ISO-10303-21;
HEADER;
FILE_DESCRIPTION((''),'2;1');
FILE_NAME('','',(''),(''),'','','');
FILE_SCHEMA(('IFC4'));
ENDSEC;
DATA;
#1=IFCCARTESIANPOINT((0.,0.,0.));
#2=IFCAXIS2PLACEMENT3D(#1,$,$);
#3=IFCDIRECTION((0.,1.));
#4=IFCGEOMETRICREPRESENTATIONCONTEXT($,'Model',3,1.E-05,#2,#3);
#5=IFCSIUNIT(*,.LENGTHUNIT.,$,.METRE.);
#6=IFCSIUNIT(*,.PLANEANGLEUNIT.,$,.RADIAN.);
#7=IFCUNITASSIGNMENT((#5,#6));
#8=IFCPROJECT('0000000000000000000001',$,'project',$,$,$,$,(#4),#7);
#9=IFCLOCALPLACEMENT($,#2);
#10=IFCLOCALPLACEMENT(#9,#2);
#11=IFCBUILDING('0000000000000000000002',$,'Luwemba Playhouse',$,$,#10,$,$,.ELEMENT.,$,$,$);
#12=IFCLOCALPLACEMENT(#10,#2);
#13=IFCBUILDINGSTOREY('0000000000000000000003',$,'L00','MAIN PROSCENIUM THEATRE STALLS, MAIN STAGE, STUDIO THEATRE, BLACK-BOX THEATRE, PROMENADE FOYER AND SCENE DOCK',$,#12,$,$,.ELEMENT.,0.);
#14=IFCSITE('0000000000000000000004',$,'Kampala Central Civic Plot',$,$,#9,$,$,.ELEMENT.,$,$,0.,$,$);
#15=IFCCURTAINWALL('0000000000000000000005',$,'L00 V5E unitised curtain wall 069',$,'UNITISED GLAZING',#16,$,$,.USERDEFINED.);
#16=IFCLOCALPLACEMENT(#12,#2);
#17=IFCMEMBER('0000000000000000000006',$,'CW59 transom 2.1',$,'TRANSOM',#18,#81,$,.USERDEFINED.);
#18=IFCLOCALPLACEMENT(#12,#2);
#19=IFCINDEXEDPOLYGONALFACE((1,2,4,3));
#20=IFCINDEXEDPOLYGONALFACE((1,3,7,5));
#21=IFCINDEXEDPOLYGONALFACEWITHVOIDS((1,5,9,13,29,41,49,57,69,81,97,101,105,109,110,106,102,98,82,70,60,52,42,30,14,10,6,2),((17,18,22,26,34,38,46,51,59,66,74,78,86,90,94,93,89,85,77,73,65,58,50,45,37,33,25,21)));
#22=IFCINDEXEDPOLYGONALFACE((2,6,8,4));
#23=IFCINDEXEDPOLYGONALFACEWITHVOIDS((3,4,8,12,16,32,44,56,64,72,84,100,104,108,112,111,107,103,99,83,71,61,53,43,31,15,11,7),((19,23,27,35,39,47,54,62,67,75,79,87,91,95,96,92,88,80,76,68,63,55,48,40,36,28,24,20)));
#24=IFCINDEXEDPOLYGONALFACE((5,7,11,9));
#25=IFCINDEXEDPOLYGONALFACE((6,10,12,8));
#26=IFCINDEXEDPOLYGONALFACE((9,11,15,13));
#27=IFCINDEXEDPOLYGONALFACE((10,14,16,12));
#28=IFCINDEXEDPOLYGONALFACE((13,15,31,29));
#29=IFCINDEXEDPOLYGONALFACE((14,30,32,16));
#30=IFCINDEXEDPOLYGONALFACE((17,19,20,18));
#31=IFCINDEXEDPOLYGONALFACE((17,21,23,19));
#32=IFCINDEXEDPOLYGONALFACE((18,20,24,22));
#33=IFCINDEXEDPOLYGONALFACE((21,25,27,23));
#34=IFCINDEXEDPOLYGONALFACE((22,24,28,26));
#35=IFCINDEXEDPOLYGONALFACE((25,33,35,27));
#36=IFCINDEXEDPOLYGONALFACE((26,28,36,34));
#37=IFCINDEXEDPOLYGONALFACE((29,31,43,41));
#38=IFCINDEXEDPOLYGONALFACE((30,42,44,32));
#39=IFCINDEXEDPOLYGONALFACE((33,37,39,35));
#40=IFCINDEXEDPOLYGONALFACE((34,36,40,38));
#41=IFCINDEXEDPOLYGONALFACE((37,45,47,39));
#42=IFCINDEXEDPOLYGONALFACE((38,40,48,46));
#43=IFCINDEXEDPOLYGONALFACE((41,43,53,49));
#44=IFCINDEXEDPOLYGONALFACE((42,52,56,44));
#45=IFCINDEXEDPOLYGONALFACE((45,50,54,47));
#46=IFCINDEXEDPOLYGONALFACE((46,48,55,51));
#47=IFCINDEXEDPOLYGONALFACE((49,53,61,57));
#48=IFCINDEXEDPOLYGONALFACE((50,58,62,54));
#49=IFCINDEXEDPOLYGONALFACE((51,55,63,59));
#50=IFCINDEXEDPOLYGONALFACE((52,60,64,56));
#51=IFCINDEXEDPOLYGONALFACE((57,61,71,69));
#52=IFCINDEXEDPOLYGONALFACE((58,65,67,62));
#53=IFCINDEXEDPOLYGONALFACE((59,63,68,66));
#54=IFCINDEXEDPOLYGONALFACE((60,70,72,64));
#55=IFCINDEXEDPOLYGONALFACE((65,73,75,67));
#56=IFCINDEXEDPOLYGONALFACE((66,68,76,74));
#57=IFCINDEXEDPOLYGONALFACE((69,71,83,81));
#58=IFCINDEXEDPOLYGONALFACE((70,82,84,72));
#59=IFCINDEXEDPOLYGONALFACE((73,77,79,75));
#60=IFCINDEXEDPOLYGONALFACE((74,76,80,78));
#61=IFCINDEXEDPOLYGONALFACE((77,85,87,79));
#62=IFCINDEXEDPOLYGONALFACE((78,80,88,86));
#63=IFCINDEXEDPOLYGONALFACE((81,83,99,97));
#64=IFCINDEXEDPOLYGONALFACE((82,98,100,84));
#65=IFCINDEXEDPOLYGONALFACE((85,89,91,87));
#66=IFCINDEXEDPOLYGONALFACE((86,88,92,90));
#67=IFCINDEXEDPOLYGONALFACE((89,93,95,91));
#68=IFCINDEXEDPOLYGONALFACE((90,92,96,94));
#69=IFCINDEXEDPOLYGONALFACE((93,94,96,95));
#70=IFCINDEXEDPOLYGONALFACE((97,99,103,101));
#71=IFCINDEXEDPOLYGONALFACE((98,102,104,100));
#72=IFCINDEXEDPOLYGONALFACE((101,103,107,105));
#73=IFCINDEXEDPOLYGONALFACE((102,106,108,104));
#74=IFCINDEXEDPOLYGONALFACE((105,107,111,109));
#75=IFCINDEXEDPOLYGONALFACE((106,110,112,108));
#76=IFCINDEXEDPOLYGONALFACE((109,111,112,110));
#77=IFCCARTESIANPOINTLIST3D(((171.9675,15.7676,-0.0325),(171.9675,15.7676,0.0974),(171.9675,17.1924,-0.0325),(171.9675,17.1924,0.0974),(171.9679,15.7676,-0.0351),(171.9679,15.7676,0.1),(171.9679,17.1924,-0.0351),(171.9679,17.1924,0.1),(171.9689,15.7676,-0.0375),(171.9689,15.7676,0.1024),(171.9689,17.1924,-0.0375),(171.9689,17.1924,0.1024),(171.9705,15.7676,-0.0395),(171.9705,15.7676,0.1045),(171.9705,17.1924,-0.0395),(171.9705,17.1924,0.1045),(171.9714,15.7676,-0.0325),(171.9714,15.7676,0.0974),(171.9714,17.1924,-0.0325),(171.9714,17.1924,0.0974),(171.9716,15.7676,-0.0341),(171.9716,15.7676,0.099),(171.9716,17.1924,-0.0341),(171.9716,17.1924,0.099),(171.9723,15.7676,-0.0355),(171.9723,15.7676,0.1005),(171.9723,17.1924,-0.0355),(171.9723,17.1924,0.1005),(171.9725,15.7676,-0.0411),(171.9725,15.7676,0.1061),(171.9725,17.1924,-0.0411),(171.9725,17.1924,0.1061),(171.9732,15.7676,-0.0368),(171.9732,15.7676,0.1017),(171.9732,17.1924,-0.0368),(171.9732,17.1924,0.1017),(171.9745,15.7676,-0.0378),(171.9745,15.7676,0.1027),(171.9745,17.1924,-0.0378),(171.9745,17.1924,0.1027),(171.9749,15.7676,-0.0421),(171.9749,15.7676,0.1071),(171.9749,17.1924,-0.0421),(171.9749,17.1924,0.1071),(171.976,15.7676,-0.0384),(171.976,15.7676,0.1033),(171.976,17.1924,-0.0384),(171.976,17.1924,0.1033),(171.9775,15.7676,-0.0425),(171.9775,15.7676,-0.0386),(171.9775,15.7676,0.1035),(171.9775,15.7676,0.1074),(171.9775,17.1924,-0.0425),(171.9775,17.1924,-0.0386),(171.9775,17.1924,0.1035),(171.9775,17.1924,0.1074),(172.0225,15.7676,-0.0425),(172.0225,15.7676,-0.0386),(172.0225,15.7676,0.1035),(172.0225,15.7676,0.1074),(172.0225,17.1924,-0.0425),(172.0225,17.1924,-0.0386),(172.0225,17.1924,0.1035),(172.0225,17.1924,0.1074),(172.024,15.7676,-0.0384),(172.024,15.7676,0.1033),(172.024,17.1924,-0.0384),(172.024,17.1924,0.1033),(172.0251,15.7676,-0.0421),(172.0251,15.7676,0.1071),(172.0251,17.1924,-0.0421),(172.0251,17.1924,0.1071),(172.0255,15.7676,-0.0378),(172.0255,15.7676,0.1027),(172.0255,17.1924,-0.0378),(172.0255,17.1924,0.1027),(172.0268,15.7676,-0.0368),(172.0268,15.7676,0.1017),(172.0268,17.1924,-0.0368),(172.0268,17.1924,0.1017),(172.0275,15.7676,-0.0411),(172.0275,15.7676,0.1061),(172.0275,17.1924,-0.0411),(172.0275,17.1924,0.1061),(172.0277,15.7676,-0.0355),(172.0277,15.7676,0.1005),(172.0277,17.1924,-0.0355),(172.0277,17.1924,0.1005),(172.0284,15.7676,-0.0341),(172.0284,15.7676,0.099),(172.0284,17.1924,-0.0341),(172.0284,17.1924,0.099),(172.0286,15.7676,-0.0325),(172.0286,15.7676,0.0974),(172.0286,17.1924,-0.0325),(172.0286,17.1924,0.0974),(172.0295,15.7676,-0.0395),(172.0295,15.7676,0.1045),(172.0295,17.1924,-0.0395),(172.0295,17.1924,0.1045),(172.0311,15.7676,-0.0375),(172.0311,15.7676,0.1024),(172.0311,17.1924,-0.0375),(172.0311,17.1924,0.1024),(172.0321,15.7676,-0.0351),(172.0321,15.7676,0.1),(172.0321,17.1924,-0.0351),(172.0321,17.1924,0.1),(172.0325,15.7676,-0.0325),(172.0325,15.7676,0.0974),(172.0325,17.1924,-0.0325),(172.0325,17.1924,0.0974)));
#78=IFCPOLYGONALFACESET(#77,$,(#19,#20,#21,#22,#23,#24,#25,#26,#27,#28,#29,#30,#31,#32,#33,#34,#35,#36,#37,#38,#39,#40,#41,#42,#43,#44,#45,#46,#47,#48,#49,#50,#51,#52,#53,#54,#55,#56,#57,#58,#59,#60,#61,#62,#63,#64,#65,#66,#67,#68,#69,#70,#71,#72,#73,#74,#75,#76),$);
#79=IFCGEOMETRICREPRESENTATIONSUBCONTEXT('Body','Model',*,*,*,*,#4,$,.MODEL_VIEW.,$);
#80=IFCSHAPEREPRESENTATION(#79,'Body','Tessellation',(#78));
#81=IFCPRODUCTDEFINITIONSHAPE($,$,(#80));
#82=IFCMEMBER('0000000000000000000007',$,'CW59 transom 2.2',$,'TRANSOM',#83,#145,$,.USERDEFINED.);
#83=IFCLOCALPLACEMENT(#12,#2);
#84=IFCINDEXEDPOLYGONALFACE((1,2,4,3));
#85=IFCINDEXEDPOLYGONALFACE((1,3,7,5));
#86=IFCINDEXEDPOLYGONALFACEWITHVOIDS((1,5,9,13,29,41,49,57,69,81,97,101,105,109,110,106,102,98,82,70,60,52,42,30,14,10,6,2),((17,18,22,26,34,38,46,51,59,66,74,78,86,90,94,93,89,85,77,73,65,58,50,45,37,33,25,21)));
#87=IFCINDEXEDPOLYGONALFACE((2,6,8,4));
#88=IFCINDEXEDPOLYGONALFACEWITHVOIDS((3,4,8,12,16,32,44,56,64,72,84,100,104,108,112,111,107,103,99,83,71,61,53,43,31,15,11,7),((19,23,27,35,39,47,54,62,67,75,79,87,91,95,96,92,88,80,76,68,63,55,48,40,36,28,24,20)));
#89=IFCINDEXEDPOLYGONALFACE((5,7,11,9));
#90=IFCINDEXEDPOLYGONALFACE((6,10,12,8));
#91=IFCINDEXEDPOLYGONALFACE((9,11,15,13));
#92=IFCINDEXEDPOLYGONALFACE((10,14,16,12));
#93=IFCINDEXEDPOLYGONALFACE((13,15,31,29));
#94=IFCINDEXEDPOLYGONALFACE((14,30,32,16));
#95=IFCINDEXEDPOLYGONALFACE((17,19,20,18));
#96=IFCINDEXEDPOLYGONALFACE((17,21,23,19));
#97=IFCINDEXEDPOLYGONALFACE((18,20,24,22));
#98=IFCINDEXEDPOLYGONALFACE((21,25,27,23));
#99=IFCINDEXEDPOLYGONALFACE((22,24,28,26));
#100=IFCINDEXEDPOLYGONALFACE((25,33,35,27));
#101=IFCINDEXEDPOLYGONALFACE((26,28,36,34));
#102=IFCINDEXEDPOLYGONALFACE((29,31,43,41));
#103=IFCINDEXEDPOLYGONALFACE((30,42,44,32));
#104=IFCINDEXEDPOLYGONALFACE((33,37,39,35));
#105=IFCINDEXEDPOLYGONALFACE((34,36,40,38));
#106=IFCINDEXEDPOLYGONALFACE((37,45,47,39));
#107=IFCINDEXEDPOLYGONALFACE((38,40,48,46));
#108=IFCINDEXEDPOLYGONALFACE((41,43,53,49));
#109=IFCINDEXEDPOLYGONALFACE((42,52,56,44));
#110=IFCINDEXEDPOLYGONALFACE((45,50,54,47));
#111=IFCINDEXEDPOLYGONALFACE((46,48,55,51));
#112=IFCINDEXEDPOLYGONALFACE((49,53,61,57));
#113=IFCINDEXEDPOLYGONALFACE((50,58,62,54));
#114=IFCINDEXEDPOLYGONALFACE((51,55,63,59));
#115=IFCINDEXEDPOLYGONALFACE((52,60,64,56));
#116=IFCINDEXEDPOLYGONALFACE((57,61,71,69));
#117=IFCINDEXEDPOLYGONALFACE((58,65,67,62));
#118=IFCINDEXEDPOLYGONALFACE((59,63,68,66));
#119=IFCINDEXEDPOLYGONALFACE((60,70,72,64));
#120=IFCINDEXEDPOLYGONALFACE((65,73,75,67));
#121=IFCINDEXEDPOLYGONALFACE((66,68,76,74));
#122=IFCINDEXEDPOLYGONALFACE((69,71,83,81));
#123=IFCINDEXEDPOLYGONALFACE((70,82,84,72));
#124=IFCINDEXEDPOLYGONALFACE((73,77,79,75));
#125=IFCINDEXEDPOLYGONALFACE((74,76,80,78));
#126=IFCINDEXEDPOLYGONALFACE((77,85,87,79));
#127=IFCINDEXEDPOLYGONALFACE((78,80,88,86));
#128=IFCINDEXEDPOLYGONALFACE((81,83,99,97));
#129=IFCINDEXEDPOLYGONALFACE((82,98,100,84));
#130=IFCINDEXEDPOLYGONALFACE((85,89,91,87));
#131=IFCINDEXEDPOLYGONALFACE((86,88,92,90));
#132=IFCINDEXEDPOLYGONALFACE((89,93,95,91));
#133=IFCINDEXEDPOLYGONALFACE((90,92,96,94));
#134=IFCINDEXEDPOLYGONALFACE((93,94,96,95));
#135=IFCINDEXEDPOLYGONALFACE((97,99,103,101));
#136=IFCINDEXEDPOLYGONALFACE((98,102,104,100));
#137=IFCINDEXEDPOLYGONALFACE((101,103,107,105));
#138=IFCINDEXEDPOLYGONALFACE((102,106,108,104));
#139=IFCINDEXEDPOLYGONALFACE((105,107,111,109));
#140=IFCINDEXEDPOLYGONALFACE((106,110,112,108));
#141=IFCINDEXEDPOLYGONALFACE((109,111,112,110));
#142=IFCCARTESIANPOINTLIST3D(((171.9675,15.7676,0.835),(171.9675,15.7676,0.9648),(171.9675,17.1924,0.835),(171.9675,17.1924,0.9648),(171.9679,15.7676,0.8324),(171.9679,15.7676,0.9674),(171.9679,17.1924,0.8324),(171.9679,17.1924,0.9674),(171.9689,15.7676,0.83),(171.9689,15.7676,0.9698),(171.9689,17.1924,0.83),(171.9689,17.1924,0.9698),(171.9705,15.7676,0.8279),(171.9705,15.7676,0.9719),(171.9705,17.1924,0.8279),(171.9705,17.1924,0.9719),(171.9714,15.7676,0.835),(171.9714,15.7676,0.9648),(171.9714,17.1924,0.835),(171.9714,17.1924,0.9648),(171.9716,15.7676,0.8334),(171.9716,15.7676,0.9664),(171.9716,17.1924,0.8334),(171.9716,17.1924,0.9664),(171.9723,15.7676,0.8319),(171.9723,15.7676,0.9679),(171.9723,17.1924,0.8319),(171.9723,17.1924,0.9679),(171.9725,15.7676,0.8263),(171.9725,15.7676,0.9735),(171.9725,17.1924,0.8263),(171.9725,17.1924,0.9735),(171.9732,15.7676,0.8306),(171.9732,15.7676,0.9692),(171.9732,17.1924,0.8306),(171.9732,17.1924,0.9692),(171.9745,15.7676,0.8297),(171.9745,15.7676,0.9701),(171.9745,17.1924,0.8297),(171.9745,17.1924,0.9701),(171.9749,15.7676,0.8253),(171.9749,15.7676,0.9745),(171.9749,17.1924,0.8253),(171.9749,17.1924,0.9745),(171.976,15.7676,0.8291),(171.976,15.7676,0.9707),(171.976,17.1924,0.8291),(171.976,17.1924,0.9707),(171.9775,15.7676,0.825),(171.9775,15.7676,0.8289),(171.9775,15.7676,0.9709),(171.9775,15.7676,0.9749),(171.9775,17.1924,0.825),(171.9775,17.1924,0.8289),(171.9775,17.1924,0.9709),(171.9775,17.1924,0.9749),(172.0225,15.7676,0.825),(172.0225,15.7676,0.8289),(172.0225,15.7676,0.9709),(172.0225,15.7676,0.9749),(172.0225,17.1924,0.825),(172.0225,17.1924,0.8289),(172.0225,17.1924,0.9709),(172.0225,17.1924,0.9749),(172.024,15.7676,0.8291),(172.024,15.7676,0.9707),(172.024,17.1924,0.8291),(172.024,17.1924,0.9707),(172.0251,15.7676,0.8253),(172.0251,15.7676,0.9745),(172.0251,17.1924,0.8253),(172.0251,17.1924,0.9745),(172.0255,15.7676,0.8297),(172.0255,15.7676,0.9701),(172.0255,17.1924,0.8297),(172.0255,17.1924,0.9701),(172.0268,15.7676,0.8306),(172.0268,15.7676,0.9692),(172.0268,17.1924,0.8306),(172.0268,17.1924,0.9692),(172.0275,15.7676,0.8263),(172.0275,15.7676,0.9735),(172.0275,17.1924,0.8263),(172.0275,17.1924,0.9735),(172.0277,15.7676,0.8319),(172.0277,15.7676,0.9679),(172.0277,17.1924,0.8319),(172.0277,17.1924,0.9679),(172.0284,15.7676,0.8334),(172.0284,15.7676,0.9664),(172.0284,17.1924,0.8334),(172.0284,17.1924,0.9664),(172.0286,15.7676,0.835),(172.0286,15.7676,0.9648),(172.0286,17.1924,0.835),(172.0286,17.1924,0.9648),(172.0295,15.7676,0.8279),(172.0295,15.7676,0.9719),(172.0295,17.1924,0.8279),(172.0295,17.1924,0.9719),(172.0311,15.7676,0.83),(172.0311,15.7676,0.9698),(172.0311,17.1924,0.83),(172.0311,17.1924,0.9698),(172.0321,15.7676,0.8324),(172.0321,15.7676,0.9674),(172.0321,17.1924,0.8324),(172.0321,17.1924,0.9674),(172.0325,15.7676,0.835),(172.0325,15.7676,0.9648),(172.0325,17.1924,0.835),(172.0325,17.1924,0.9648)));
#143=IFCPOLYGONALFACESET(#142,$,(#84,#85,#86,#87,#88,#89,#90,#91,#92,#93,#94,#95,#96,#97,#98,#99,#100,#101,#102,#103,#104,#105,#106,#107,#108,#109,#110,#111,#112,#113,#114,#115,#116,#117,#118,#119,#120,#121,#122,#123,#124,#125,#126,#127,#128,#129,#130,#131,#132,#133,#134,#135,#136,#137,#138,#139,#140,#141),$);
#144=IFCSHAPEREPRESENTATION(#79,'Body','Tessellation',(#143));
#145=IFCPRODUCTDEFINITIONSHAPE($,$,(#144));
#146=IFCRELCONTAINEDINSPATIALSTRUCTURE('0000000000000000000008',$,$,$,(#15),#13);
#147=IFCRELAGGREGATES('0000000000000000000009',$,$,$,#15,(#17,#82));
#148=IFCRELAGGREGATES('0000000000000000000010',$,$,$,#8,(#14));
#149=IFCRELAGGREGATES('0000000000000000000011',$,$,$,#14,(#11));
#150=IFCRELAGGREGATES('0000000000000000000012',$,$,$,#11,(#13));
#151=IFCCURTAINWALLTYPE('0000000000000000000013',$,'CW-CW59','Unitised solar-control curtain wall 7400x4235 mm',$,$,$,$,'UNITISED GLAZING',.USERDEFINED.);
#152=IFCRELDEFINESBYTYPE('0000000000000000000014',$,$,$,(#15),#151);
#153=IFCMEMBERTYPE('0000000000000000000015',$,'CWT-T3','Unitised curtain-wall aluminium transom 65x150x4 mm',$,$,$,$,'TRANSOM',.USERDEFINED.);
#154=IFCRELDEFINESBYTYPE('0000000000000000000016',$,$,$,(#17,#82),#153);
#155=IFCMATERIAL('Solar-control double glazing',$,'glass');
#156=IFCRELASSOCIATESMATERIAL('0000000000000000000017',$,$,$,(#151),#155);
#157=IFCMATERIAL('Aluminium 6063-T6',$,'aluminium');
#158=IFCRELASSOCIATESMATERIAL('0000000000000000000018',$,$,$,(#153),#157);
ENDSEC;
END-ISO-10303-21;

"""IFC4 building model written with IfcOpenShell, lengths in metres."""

from ifc_helpers import new_model, si_unit, direction, frame, origin, origin_2d, place, context, subcontext, project, spatial, hollow_rectangle, extrude, material, material_profile, profile_set, type_object, element, aggregate, save


model = new_model("IFC4")

# Units and contexts
model_context = context("Model", 3, precision=1e-05, world=origin(), true_north=direction((0.0, 1.0)))
body_context = subcontext(model_context, "Body", "Model", "MODEL_VIEW")
ifc_project = project(units=[si_unit("LENGTHUNIT", "METRE"), si_unit("PLANEANGLEUNIT", "RADIAN")], contexts=[model_context])

# Site, building, storey
site_placement = place(None, origin())
site = spatial("IfcSite", under=ifc_project, at=site_placement, Name="Kampala Central Civic Plot", CompositionType="ELEMENT", RefElevation=0.0)
building_placement = place(site_placement, origin())
building = spatial("IfcBuilding", under=site, at=building_placement, Name="Luwemba Playhouse", CompositionType="ELEMENT")
storey_placement = place(building_placement, origin())
storey = spatial("IfcBuildingStorey", under=building, at=storey_placement, Name="L00", Description="MAIN PROSCENIUM THEATRE STALLS, MAIN STAGE, STUDIO THEATRE, BLACK-BOX THEATRE, PROMENADE FOYER AND SCENE DOCK", CompositionType="ELEMENT", Elevation=0.0)

# Curtain wall, members
ifc_material_1 = material(Name="Solar-control double glazing", Category="glass")
curtain_wall_type = type_object("IfcCurtainWallType", Name="CW-CW59", Description="Unitised solar-control curtain wall 7400x4235 mm", ElementType="UNITISED GLAZING", PredefinedType="USERDEFINED", material=ifc_material_1)
curtain_wall_placement = place(storey_placement, origin())
curtain_wall = element("IfcCurtainWall", 1, at=curtain_wall_placement, inside=storey, type_object=curtain_wall_type, Name="L00 V5E unitised curtain wall 069", ObjectType="UNITISED GLAZING", PredefinedType="USERDEFINED")
ifc_material_2 = material(Name="Aluminium 6063-T6", Category="aluminium")
ifc_material_profile_1 = material_profile(ifc_material_2, hollow_rectangle(XDim=0.0649, YDim=0.1499, WallThickness=0.0039, InnerFilletRadius=0.0061, OuterFilletRadius=0.01, at=origin_2d()))
ifc_profile_set_1 = profile_set([ifc_material_profile_1], Name="Aluminium 6063-T6")
member_type_1 = type_object("IfcMemberType", Name="CWT-T3", Description="Unitised curtain-wall aluminium transom 65x150x4 mm", ElementType="TRANSOM", PredefinedType="USERDEFINED", material=ifc_profile_set_1)
member_1_placement = place(storey_placement, frame((172.0, 17.1924, 0.0325), z_axis=(0.0, -1.0, 0.0), x_axis=(1.0, 0.0, 0.0)))
member_1 = element("IfcMember", 2, at=member_1_placement, type_object=member_type_1, Name="CW59 transom 2.1", ObjectType="TRANSOM", PredefinedType="USERDEFINED", context=body_context, shape_type="SweptSolid", body=[
    extrude(hollow_rectangle(XDim=0.0649, YDim=0.1499, WallThickness=0.0039, InnerFilletRadius=0.0061, OuterFilletRadius=0.01, at=origin_2d()), origin(), (0.0, 0.0, 1.0), 1.4248),
])
member_2_placement = place(storey_placement, frame((172.0, 17.1924, 0.8999), z_axis=(0.0, -1.0, 0.0), x_axis=(1.0, 0.0, 0.0)))
member_2 = element("IfcMember", 3, at=member_2_placement, type_object=member_type_1, Name="CW59 transom 2.2", ObjectType="TRANSOM", PredefinedType="USERDEFINED", context=body_context, shape_type="SweptSolid", body=[
    extrude(hollow_rectangle(XDim=0.0649, YDim=0.1499, WallThickness=0.0039, InnerFilletRadius=0.0061, OuterFilletRadius=0.01, at=origin_2d()), origin(), (0.0, 0.0, 1.0), 1.4248),
])
aggregate(curtain_wall, [member_1, member_2])

save(model, "model.ifc")
